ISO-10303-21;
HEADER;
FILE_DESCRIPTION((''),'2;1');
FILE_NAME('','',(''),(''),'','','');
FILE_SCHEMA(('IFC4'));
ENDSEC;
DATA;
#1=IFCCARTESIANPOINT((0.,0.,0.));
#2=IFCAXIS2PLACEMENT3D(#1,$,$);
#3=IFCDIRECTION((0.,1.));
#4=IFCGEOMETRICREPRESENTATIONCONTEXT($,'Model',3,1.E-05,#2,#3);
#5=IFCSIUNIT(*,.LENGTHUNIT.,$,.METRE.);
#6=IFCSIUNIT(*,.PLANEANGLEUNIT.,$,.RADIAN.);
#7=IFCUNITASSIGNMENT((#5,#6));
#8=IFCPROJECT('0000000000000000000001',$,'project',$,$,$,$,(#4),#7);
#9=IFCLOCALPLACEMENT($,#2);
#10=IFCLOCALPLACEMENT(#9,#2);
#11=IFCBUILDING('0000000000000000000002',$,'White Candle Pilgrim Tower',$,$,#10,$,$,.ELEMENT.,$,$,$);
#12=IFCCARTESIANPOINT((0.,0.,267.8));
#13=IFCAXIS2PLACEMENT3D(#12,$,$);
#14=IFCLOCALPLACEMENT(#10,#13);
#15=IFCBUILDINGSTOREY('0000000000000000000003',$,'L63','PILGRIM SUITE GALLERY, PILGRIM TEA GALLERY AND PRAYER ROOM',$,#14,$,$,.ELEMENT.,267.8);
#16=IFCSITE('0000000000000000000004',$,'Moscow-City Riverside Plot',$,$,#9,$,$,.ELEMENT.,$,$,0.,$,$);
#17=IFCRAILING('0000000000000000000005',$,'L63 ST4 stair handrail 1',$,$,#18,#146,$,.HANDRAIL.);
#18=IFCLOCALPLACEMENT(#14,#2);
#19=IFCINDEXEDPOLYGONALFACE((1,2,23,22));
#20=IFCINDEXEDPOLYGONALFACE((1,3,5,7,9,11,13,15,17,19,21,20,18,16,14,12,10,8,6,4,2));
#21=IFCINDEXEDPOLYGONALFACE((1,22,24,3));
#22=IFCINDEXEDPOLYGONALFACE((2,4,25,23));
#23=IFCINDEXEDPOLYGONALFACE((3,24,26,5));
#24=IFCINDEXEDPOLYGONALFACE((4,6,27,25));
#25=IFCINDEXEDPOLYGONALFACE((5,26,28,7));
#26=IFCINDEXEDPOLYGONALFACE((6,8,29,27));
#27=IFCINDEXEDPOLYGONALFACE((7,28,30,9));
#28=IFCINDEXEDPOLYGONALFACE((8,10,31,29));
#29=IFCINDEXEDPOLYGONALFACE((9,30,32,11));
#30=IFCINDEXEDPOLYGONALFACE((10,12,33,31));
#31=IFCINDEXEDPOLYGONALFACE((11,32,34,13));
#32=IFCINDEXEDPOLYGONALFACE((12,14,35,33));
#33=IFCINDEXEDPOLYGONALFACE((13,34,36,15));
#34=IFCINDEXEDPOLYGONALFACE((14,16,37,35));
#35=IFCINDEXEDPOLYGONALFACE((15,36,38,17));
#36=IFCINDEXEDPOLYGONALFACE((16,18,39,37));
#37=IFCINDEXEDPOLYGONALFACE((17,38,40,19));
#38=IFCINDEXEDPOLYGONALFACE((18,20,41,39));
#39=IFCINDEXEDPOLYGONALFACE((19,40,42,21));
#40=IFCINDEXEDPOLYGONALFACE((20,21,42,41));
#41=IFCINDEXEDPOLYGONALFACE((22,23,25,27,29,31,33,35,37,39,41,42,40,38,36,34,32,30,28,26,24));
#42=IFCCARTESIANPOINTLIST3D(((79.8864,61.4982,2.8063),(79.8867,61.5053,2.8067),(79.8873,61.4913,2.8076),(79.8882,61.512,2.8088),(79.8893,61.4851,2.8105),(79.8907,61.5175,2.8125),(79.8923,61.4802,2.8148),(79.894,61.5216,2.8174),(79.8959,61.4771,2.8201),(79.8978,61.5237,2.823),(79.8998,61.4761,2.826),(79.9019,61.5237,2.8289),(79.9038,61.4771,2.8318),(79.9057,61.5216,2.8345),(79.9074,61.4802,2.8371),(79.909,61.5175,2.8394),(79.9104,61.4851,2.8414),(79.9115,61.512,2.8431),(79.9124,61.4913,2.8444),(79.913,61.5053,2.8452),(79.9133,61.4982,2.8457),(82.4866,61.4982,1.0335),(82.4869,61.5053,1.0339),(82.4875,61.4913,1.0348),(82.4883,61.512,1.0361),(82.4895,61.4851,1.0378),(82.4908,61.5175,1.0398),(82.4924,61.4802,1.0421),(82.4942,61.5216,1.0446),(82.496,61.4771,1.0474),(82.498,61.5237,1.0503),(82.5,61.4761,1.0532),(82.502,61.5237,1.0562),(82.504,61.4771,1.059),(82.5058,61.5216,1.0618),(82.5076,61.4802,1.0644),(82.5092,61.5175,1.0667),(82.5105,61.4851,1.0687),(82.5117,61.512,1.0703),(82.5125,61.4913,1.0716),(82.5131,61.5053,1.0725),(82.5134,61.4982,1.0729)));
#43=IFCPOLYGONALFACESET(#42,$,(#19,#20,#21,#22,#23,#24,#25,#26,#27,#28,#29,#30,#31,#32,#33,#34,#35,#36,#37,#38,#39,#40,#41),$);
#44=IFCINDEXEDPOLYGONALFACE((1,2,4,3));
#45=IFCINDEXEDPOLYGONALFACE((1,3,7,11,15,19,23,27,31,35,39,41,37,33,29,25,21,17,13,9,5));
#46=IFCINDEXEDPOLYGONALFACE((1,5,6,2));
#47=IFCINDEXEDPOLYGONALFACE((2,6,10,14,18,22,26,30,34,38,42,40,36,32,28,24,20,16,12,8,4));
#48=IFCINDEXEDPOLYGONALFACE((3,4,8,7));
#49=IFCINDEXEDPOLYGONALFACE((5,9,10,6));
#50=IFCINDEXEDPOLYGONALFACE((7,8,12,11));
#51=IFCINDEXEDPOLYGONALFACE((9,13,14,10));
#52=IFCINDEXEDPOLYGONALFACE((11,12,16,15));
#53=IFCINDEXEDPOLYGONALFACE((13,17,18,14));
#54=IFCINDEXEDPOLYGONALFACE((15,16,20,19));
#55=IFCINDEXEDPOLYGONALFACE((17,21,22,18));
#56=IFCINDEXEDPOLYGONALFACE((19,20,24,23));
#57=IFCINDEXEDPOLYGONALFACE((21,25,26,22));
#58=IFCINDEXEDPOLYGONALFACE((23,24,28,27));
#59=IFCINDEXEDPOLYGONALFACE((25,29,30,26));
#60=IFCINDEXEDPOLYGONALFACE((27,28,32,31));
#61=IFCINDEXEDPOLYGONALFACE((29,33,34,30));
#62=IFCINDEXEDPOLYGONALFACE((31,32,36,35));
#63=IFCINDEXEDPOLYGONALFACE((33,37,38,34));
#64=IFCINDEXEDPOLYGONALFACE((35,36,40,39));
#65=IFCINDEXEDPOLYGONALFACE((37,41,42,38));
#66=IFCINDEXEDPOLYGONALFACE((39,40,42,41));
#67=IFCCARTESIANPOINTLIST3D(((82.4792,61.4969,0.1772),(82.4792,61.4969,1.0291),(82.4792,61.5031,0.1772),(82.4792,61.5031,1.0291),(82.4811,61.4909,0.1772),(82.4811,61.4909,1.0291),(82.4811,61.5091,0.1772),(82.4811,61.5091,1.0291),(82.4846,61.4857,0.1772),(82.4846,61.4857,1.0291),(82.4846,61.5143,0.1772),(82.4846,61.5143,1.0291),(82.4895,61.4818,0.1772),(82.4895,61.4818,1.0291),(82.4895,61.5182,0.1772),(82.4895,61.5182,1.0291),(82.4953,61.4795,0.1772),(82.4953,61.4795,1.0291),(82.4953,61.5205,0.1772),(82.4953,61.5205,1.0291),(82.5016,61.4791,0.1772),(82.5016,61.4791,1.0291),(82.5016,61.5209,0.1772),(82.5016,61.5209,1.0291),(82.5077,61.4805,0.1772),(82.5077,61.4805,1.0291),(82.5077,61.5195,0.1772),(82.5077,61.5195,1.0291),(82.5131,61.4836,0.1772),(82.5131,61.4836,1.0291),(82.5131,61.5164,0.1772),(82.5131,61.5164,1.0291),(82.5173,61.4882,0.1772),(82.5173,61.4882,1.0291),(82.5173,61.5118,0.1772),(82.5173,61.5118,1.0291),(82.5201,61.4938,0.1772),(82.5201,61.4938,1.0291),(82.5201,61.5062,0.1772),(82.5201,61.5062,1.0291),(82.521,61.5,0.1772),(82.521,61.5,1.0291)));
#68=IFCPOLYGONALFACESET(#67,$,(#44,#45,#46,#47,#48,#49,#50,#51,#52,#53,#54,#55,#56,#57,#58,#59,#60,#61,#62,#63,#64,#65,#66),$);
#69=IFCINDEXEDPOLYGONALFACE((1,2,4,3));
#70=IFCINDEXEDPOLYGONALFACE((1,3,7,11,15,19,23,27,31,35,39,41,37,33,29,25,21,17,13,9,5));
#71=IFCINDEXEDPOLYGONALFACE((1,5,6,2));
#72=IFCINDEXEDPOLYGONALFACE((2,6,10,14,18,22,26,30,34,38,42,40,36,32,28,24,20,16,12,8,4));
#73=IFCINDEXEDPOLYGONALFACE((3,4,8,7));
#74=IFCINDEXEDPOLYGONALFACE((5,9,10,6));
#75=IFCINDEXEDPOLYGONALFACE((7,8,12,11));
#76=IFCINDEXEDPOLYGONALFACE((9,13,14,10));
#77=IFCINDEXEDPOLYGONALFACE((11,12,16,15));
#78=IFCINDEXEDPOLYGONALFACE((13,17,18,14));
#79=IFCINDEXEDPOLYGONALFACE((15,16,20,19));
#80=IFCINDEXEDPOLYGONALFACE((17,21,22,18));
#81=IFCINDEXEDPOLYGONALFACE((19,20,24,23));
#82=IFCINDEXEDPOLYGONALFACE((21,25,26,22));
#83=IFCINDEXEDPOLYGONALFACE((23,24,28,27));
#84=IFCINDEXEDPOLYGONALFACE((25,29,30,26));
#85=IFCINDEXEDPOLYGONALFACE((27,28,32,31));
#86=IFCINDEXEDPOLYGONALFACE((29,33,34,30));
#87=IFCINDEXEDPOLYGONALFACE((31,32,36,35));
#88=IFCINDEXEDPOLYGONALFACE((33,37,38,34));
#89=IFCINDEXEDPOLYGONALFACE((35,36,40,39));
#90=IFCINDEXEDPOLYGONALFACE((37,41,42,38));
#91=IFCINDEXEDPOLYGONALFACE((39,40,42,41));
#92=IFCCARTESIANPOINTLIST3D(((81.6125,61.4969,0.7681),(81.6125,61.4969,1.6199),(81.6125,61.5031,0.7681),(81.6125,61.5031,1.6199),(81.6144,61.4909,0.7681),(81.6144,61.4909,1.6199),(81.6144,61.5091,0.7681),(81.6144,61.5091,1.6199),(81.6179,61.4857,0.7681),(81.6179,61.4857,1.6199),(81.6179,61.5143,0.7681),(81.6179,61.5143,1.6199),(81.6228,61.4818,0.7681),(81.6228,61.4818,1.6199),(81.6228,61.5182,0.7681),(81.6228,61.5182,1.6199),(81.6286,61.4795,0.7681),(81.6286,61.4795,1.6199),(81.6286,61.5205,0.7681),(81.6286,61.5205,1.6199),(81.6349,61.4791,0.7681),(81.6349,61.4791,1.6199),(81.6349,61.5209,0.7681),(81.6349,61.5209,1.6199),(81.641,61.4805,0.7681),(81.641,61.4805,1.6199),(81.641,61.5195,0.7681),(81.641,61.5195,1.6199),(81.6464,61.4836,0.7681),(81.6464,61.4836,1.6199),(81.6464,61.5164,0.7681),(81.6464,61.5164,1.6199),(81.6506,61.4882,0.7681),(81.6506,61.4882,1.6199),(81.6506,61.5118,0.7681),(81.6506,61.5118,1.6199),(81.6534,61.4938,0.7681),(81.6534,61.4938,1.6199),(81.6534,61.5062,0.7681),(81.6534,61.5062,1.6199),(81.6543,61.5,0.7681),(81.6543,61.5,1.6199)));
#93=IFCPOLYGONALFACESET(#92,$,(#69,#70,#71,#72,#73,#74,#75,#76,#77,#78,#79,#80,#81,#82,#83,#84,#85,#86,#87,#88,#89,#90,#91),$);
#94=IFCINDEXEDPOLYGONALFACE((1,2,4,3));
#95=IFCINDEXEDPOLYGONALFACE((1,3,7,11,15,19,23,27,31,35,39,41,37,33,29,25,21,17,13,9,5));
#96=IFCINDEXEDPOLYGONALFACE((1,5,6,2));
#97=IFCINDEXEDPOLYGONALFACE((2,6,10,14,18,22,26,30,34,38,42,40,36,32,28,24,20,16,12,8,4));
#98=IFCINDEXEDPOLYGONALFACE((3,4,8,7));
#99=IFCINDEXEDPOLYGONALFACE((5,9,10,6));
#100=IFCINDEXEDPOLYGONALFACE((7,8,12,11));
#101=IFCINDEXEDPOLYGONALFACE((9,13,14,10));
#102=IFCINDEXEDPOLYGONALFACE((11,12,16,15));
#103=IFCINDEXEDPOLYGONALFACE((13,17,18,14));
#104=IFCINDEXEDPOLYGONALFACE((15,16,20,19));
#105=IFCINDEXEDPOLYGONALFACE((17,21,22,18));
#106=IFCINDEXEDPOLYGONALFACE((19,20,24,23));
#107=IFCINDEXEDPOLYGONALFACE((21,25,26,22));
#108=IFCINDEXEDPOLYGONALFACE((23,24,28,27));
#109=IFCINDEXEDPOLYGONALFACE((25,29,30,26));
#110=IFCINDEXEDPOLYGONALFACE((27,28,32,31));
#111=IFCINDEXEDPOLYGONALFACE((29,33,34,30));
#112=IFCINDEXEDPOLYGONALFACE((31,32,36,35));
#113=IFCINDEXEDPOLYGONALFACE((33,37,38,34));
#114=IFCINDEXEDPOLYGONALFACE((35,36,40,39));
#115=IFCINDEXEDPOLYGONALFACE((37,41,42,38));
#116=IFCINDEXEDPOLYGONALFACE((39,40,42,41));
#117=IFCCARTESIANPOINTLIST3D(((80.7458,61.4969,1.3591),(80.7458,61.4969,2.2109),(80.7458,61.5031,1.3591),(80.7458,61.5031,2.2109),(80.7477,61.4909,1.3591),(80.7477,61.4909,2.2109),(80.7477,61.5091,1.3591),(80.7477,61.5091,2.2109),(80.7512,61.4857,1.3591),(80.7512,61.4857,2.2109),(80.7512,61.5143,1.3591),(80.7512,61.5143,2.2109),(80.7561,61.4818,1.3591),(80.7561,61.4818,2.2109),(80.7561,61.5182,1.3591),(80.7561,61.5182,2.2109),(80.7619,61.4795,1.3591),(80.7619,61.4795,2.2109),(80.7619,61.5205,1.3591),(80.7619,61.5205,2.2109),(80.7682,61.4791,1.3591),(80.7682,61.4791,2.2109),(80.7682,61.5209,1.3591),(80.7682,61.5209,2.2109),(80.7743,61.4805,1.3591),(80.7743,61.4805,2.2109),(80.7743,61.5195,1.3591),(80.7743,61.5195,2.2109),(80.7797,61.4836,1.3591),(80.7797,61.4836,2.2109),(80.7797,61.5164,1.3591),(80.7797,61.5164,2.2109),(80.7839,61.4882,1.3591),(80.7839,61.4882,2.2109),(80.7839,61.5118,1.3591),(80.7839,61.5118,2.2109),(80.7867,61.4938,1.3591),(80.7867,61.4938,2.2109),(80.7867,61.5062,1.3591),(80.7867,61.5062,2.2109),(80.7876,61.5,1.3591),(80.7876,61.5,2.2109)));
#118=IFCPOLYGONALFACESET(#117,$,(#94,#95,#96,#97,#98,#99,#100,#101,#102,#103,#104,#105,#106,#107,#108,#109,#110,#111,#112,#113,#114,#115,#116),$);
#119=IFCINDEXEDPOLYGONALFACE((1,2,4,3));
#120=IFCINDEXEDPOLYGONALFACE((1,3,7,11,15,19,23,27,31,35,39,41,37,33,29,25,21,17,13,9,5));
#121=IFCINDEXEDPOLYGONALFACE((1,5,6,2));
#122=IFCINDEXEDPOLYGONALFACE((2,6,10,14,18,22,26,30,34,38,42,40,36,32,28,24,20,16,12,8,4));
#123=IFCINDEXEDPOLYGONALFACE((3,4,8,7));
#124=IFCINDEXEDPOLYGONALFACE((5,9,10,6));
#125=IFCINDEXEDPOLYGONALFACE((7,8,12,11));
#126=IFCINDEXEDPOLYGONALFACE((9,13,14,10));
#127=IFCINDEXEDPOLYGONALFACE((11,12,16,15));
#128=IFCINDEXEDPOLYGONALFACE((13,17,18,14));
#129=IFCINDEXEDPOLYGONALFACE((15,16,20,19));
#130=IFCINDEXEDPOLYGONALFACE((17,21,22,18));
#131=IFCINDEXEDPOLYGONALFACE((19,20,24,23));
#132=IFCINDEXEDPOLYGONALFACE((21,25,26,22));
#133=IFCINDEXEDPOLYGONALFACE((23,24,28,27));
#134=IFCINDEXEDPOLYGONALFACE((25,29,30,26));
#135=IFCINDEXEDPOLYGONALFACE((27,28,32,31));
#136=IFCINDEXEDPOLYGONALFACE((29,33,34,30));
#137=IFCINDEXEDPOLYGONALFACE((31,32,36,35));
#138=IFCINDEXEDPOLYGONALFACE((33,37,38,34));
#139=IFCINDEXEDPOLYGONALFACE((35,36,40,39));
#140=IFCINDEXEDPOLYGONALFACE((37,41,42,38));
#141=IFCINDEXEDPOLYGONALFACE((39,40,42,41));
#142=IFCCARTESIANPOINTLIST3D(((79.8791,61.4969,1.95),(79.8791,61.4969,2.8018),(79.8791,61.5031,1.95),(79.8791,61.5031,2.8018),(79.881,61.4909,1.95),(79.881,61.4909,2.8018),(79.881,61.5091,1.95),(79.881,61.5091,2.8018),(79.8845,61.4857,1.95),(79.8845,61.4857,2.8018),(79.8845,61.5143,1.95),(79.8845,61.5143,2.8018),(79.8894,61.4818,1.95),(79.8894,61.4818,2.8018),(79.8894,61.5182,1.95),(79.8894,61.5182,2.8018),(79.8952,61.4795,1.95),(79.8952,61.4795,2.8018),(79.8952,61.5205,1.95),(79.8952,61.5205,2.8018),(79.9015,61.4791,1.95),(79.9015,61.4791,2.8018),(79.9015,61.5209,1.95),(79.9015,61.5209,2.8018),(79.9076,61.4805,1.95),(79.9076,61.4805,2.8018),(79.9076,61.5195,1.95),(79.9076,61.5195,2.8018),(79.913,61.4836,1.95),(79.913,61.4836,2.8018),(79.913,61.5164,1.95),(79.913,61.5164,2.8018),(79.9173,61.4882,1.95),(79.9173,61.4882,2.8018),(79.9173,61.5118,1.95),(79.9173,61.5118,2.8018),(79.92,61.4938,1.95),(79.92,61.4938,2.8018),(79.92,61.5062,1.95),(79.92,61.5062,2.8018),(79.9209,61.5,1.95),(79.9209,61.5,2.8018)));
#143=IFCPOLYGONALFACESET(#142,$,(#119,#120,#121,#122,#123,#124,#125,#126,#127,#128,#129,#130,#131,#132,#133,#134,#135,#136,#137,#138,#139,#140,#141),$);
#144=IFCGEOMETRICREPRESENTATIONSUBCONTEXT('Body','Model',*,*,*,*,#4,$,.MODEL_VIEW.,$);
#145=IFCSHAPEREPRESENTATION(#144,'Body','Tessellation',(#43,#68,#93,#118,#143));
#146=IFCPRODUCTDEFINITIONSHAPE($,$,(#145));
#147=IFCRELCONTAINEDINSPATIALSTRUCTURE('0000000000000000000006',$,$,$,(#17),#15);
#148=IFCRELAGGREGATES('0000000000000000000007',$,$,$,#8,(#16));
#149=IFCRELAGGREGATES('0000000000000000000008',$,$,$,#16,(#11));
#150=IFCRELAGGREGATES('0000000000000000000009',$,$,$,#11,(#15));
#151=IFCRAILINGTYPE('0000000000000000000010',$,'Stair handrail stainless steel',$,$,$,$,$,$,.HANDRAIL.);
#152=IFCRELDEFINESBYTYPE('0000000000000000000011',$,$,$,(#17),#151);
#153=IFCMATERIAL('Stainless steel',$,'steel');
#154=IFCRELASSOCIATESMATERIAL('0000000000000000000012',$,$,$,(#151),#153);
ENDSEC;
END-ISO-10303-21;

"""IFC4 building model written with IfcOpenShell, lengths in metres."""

from ifc_helpers import new_model, si_unit, direction, frame, origin, origin_2d, place, context, subcontext, project, spatial, circle, extrude, material, type_object, element, save


model = new_model("IFC4")

# Units and contexts
model_context = context("Model", 3, precision=1e-05, world=origin(), true_north=direction((0.0, 1.0)))
body_context = subcontext(model_context, "Body", "Model", "MODEL_VIEW")
ifc_project = project(units=[si_unit("LENGTHUNIT", "METRE"), si_unit("PLANEANGLEUNIT", "RADIAN")], contexts=[model_context])

# Site, building, storey
site_placement = place(None, origin())
site = spatial("IfcSite", under=ifc_project, at=site_placement, Name="Moscow-City Riverside Plot", CompositionType="ELEMENT", RefElevation=0.0)
building_placement = place(site_placement, origin())
building = spatial("IfcBuilding", under=site, at=building_placement, Name="White Candle Pilgrim Tower", CompositionType="ELEMENT")
storey_placement = place(building_placement, frame((0.0, 0.0, 267.8)))
storey = spatial("IfcBuildingStorey", under=building, at=storey_placement, Name="L63", Description="PILGRIM SUITE GALLERY, PILGRIM TEA GALLERY AND PRAYER ROOM", CompositionType="ELEMENT", Elevation=267.8)

# Railing
ifc_material_1 = material(Name="Stainless steel", Category="steel")
railing_type_1 = type_object("IfcRailingType", Name="Stair handrail stainless steel", PredefinedType="HANDRAIL", material=ifc_material_1)
railing_1_placement = place(storey_placement, frame((82.5, 61.5, 0.1772)))
element("IfcRailing", 1, at=railing_1_placement, inside=storey, type_object=railing_type_1, Name="L63 ST4 stair handrail 1", PredefinedType="HANDRAIL", context=body_context, shape_type="SweptSolid", body=[
    extrude(circle(Radius=0.0239, at=origin_2d()), frame((0.0, 0.0, 0.876), z_axis=(-0.82624, 0.0, 0.563318), x_axis=(0.0, -1.0, 0.0)), (0.0, 0.0, 1.0), 3.147),
    extrude(circle(Radius=0.021, at=origin_2d()), origin(), (0.0, 0.0, 1.0), 0.8518),
    extrude(circle(Radius=0.021, at=origin_2d()), frame((-0.8667, 0.0, 0.5908)), (0.0, 0.0, 1.0), 0.8518),
    extrude(circle(Radius=0.021, at=origin_2d()), frame((-1.7334, 0.0, 1.1819)), (0.0, 0.0, 1.0), 0.8518),
    extrude(circle(Radius=0.021, at=origin_2d()), frame((-2.6001, 0.0, 1.7727)), (0.0, 0.0, 1.0), 0.8518),
])

save(model, "model.ifc")
